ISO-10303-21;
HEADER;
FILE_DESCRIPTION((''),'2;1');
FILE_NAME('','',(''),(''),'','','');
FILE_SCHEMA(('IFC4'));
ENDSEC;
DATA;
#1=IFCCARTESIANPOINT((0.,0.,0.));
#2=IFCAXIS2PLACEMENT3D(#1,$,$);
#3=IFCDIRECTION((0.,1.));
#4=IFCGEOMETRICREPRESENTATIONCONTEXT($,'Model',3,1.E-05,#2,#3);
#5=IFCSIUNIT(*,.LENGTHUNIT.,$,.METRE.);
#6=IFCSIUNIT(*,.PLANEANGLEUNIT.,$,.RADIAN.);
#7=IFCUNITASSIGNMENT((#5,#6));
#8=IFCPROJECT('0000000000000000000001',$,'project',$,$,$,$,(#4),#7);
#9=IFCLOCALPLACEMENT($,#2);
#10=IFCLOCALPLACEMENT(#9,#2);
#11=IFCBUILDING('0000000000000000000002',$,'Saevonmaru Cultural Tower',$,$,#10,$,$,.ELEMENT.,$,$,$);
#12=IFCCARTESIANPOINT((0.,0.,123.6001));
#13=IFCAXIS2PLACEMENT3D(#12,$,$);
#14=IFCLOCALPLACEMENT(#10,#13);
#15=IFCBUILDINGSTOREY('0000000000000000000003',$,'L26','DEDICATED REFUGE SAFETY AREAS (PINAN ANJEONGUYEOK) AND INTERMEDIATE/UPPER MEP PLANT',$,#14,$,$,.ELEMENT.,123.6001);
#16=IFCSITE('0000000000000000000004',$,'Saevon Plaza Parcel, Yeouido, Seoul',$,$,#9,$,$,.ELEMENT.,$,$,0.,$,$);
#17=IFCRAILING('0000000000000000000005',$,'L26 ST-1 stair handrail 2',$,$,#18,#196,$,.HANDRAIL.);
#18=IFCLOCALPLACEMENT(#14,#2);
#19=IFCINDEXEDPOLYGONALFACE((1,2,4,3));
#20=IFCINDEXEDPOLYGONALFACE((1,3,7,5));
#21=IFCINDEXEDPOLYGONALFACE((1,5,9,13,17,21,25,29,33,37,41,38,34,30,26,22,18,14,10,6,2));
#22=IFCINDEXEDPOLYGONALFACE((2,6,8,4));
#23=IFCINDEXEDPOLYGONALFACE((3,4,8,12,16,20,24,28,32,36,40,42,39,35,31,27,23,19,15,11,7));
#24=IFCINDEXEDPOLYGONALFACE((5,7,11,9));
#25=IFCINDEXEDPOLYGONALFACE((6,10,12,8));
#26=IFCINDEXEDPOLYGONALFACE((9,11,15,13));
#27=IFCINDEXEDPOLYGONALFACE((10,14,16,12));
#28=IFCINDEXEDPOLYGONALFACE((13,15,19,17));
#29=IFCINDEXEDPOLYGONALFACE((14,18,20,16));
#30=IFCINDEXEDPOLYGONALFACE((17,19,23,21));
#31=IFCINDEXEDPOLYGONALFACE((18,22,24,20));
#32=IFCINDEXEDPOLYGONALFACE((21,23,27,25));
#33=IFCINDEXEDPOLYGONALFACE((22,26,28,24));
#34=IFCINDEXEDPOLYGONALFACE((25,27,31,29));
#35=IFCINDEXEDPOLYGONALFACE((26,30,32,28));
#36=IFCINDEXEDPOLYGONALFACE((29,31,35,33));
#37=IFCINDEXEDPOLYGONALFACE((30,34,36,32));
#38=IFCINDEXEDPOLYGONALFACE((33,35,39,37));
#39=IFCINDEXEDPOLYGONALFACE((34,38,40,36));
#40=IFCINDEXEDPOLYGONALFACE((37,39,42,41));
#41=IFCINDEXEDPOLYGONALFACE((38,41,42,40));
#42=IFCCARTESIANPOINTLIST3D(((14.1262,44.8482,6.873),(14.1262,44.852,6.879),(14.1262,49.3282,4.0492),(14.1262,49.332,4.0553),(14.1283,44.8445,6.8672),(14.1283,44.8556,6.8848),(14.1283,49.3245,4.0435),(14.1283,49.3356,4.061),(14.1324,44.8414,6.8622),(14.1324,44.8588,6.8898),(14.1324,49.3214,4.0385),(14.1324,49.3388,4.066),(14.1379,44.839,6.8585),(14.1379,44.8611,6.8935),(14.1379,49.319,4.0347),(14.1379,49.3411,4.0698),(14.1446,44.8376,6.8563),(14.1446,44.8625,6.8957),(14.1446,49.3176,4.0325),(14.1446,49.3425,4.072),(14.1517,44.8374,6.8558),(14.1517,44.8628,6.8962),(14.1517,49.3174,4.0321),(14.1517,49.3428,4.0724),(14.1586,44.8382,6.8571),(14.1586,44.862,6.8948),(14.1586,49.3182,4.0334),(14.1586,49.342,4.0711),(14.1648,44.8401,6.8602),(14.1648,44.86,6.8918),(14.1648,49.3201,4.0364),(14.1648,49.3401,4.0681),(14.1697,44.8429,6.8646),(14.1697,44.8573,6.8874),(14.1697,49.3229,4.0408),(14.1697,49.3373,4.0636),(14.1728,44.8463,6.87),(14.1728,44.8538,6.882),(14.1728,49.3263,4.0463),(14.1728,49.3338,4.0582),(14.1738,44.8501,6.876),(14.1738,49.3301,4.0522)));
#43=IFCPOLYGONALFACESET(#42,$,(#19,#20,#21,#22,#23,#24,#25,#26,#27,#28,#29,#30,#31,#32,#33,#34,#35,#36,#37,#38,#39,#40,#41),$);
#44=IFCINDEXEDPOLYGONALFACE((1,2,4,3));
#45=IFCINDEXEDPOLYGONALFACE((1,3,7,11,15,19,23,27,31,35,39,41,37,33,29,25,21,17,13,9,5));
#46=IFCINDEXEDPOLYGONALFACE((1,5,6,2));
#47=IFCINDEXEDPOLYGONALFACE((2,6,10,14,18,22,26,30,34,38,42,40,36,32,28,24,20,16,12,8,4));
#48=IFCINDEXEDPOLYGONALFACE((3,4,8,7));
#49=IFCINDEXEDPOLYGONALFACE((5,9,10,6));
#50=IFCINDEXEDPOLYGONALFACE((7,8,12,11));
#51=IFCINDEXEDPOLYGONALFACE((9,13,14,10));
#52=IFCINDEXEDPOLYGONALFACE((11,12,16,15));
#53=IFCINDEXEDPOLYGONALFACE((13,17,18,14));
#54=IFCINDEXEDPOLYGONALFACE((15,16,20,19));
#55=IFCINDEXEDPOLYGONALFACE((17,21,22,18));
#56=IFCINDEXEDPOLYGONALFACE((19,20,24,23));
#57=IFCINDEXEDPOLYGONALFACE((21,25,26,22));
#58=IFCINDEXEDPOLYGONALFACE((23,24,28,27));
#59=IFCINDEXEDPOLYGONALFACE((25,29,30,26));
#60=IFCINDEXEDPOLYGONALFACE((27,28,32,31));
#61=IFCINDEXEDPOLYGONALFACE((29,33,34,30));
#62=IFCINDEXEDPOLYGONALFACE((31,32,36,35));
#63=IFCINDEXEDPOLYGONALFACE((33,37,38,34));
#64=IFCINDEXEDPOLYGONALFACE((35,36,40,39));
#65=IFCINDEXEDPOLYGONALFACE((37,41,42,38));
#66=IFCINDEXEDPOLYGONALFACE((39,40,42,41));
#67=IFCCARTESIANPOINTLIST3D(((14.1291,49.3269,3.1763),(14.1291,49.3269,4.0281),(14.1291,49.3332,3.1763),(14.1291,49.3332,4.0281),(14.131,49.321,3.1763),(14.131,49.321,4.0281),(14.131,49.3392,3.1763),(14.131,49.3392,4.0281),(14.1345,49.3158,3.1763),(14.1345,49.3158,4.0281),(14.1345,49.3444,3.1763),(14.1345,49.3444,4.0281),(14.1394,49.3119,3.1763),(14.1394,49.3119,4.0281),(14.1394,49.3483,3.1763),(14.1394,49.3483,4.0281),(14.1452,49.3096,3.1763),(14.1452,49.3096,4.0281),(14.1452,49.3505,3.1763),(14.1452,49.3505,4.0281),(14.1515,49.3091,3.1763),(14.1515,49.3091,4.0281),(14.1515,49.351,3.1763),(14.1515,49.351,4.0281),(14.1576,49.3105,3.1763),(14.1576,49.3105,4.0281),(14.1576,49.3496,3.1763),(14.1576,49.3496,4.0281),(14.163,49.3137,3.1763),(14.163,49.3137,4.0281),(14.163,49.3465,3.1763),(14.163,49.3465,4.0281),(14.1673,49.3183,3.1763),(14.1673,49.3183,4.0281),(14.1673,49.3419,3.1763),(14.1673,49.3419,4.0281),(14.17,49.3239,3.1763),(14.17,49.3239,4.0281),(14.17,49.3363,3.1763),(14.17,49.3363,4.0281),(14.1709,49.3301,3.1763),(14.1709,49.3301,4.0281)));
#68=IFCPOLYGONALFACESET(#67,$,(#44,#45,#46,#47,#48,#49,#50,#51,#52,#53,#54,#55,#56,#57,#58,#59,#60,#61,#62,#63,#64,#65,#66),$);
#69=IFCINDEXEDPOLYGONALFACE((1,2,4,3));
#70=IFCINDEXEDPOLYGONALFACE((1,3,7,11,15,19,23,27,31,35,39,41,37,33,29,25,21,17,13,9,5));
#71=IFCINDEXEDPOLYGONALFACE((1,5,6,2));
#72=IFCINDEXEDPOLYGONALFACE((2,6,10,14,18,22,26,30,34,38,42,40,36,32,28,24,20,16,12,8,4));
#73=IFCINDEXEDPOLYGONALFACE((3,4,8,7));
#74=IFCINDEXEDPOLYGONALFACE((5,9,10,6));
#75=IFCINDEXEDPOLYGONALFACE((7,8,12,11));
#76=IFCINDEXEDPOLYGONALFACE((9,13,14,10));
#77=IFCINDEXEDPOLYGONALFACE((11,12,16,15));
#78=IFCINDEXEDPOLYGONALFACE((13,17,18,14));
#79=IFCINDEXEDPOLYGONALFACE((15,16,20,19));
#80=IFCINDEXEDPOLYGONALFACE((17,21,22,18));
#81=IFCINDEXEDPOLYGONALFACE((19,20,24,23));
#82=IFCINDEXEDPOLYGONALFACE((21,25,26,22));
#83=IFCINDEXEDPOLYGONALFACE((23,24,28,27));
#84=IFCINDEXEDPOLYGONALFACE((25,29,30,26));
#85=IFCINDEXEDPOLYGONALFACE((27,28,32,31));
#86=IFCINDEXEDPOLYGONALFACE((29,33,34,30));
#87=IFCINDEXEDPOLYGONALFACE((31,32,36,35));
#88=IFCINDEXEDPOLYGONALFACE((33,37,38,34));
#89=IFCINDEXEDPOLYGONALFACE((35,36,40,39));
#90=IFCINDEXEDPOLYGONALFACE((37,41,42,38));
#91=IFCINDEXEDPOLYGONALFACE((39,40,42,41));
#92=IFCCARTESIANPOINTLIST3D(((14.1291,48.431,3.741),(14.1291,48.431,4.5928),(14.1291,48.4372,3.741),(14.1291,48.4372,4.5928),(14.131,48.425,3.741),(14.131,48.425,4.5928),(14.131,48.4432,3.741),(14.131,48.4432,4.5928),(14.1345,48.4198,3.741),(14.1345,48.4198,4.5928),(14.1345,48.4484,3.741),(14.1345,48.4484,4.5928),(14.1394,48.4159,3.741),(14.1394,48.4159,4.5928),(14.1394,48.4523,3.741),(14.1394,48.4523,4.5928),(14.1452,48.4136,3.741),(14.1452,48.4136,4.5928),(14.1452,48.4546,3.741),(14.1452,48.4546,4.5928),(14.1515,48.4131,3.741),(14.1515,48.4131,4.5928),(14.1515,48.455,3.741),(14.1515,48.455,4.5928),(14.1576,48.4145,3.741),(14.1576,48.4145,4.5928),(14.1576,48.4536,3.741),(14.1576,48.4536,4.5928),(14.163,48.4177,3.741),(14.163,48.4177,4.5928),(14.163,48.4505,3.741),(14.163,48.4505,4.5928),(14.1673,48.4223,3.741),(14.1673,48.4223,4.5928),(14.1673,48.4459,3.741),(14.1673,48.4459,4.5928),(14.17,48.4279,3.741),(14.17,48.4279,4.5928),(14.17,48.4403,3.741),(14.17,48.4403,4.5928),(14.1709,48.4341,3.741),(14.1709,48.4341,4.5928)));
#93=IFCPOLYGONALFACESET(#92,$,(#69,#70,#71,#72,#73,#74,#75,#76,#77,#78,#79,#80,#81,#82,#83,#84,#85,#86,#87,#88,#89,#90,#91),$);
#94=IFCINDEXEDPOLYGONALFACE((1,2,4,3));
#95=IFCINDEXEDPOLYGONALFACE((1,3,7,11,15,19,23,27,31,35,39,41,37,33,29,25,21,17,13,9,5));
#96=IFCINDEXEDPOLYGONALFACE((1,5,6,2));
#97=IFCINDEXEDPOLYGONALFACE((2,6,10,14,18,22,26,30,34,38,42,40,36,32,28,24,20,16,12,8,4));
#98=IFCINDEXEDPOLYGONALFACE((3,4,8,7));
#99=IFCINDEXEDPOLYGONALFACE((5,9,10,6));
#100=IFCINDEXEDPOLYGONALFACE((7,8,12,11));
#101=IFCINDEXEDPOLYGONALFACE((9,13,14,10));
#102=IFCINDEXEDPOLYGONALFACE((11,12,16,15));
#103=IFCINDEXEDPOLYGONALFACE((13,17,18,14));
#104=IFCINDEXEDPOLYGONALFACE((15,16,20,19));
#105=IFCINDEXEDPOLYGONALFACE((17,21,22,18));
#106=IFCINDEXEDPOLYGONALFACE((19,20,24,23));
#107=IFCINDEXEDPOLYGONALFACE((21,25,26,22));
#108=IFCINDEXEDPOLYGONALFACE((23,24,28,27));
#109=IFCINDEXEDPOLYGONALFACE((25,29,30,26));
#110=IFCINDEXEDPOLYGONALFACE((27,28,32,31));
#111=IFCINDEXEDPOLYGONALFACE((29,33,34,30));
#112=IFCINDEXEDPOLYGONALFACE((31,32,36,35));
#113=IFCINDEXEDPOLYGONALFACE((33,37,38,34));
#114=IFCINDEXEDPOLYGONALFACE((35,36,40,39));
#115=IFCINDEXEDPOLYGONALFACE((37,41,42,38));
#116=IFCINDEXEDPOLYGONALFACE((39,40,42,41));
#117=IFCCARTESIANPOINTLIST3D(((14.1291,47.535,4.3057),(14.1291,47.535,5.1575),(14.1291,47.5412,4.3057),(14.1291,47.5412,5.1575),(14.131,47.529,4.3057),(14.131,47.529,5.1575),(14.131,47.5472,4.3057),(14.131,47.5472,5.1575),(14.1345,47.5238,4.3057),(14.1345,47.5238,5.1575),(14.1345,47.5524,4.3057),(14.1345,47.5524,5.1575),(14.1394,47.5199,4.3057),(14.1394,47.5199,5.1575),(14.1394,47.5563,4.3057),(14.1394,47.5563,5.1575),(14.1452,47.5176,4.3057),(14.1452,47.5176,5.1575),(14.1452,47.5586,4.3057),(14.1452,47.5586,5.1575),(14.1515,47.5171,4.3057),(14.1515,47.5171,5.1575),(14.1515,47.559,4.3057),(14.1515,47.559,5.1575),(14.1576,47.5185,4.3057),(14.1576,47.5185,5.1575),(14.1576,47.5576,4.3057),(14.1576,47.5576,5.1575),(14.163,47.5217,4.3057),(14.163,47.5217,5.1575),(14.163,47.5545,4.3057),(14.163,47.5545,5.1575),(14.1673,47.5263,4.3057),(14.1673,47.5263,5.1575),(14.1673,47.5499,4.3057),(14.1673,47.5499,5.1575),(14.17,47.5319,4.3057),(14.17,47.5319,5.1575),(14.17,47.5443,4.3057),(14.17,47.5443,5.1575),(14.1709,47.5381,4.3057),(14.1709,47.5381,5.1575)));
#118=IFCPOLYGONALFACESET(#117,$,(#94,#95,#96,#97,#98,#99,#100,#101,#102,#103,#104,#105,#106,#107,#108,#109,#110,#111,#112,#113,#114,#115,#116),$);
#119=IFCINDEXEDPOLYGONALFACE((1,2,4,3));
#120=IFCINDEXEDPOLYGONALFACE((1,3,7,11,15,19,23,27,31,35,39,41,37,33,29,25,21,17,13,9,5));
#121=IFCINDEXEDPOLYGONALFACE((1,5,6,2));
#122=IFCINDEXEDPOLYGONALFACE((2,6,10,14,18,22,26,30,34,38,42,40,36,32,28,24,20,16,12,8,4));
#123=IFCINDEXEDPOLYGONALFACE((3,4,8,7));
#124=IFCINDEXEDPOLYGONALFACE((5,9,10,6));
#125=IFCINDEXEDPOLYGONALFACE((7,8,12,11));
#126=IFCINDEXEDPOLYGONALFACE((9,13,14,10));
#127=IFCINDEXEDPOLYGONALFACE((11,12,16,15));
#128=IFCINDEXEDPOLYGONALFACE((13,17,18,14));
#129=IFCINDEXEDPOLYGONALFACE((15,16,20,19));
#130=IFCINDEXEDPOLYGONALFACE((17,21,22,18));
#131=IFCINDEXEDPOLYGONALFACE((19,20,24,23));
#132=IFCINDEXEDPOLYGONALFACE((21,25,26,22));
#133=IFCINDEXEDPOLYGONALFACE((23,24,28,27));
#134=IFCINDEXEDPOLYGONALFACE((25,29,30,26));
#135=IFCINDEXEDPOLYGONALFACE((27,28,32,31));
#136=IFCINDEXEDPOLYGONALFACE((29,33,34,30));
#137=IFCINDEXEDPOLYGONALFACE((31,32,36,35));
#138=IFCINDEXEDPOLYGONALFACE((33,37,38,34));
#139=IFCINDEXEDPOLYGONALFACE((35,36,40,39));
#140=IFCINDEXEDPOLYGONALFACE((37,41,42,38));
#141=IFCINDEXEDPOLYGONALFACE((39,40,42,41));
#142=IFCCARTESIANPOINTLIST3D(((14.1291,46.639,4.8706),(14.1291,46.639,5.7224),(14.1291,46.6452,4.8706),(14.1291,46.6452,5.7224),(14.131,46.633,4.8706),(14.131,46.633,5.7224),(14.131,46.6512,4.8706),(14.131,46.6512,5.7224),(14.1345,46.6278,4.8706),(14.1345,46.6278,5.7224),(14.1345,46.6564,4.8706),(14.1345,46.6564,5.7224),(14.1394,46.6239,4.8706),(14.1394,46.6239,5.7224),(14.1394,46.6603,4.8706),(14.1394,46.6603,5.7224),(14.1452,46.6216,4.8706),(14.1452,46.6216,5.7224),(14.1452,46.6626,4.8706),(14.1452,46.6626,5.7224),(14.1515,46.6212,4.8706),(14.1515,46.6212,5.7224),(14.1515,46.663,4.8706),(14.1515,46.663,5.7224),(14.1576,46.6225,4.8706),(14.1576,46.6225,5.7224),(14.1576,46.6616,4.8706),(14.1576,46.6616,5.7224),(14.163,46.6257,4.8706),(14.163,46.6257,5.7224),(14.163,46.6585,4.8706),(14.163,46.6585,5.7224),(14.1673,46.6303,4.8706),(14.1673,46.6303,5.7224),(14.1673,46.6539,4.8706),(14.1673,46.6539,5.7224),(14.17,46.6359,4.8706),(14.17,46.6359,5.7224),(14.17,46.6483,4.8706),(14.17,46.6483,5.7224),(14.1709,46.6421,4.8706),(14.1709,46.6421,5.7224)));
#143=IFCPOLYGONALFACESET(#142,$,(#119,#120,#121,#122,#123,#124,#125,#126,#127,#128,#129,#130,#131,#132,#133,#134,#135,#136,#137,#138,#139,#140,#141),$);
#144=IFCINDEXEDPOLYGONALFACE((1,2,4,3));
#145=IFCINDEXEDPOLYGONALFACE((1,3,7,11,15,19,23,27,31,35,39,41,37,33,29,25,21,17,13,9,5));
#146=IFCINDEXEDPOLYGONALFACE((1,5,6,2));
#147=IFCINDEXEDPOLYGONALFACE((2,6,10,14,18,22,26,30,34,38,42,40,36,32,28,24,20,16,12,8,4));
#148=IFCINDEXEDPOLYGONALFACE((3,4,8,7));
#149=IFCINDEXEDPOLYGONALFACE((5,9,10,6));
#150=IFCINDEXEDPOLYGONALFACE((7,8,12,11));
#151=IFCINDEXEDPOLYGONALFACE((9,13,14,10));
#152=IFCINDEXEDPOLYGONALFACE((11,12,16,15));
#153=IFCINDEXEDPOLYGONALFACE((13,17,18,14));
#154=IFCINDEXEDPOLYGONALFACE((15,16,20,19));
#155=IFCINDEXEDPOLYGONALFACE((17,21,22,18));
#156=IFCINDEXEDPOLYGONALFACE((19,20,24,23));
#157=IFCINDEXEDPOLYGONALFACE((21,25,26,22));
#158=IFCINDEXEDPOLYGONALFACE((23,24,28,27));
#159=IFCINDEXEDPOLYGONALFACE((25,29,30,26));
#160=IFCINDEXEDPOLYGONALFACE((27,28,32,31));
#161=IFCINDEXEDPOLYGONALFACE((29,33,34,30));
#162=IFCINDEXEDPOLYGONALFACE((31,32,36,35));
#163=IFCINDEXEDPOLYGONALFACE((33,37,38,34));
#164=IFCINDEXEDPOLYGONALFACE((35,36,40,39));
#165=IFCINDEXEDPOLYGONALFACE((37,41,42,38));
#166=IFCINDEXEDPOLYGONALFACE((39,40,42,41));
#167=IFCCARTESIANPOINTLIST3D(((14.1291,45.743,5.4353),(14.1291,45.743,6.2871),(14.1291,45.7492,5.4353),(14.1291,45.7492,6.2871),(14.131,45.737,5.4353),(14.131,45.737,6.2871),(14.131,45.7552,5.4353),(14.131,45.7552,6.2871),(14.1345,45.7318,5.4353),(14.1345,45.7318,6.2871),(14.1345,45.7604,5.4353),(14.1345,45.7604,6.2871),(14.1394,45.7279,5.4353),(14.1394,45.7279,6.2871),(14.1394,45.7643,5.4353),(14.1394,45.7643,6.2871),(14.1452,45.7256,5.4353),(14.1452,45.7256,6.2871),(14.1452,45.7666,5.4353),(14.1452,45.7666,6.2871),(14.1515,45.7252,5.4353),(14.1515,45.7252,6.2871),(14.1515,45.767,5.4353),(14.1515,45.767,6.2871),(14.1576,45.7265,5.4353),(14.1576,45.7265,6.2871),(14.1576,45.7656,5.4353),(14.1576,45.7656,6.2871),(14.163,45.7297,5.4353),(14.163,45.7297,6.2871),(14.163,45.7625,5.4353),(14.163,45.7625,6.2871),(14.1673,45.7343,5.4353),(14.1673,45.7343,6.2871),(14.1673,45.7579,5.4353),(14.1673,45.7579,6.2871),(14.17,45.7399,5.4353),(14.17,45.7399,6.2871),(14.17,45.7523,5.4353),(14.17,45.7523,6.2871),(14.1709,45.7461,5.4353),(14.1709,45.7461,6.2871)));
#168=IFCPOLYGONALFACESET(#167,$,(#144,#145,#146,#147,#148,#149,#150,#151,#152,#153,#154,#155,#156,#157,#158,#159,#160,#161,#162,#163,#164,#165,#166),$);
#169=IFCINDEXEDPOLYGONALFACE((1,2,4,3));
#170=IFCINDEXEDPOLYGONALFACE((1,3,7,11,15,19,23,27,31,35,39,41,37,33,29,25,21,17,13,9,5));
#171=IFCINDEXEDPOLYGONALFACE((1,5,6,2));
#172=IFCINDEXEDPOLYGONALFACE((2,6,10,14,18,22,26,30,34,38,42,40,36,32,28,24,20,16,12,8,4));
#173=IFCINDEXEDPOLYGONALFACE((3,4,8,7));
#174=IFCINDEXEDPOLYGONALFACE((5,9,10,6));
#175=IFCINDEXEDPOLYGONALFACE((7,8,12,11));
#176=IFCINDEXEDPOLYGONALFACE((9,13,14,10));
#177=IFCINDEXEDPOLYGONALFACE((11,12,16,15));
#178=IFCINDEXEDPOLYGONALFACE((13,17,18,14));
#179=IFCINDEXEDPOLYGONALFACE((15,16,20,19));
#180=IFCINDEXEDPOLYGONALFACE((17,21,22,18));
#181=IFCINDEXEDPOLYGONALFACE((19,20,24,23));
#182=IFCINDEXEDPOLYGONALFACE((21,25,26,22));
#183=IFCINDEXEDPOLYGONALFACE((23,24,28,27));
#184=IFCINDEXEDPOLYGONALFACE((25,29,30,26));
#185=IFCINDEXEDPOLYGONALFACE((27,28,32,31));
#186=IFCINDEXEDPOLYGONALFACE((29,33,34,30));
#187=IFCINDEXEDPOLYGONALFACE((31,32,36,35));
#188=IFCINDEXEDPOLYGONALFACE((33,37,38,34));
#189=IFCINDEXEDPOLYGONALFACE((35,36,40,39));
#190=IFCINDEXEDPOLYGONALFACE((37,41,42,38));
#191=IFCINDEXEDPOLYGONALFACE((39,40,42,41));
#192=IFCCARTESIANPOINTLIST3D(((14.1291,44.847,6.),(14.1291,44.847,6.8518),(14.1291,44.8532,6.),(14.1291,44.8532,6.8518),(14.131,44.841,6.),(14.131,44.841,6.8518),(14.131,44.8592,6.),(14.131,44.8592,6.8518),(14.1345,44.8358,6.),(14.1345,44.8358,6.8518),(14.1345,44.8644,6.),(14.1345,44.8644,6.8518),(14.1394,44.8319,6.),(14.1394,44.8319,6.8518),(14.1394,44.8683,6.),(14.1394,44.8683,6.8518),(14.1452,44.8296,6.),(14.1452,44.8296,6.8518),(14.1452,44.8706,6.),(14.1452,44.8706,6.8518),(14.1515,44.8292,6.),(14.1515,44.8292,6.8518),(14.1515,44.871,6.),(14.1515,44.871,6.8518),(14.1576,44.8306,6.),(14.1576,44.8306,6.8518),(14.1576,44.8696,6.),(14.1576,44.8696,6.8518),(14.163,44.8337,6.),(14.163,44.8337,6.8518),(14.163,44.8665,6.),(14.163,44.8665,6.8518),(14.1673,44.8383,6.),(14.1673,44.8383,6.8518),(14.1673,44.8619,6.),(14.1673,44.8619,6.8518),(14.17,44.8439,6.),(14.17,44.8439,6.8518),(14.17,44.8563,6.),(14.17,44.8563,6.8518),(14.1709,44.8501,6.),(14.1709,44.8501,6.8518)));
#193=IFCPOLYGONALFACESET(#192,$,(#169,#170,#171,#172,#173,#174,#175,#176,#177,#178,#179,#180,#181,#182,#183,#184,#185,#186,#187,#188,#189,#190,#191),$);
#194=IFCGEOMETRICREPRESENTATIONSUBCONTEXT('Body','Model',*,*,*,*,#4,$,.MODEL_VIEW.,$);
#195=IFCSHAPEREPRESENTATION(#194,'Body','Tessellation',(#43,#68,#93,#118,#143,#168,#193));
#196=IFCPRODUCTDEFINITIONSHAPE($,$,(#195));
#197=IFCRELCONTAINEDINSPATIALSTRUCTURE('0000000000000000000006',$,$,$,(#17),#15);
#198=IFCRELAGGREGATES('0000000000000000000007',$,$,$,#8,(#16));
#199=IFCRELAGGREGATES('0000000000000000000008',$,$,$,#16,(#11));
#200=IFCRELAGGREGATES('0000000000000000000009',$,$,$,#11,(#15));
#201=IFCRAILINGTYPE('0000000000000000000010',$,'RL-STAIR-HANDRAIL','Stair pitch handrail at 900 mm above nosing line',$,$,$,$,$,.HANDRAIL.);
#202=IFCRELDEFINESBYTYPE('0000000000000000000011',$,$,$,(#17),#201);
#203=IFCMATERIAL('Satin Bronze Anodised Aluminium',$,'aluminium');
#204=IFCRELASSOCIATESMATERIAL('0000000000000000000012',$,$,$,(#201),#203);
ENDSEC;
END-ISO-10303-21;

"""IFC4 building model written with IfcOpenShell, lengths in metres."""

from ifc_helpers import new_model, si_unit, direction, frame, origin, origin_2d, place, context, subcontext, project, spatial, circle, extrude, material, type_object, element, save


model = new_model("IFC4")

# Units and contexts
model_context = context("Model", 3, precision=1e-05, world=origin(), true_north=direction((0.0, 1.0)))
body_context = subcontext(model_context, "Body", "Model", "MODEL_VIEW")
ifc_project = project(units=[si_unit("LENGTHUNIT", "METRE"), si_unit("PLANEANGLEUNIT", "RADIAN")], contexts=[model_context])

# Site, building, storey
site_placement = place(None, origin())
site = spatial("IfcSite", under=ifc_project, at=site_placement, Name="Saevon Plaza Parcel, Yeouido, Seoul", CompositionType="ELEMENT", RefElevation=0.0)
building_placement = place(site_placement, origin())
building = spatial("IfcBuilding", under=site, at=building_placement, Name="Saevonmaru Cultural Tower", CompositionType="ELEMENT")
storey_placement = place(building_placement, frame((0.0, 0.0, 123.6001)))
storey = spatial("IfcBuildingStorey", under=building, at=storey_placement, Name="L26", Description="DEDICATED REFUGE SAFETY AREAS (PINAN ANJEONGUYEOK) AND INTERMEDIATE/UPPER MEP PLANT", CompositionType="ELEMENT", Elevation=123.6001)

# Shared definitions
ifc_material_1 = material(Name="Satin Bronze Anodised Aluminium", Category="aluminium")

# Railing
railing_type_1 = type_object("IfcRailingType", Name="RL-STAIR-HANDRAIL", Description="Stair pitch handrail at 900 mm above nosing line", PredefinedType="HANDRAIL", material=ifc_material_1)
railing_1_placement = place(storey_placement, frame((14.1499, 49.3301, 3.1763)))
element("IfcRailing", 1, at=railing_1_placement, inside=storey, type_object=railing_type_1, Name="L26 ST-1 stair handrail 2", PredefinedType="HANDRAIL", context=body_context, shape_type="SweptSolid", body=[
    extrude(circle(Radius=0.0239, at=origin_2d()), frame((0.0, 0.0, 0.876), z_axis=(0.0, -0.845977, 0.533219), x_axis=(1.0, 0.0, 0.0)), (0.0, 0.0, 1.0), 5.2957),
    extrude(circle(Radius=0.021, at=origin_2d()), origin(), (0.0, 0.0, 1.0), 0.8518),
    extrude(circle(Radius=0.021, at=origin_2d()), frame((0.0, -0.896, 0.5647)), (0.0, 0.0, 1.0), 0.8518),
    extrude(circle(Radius=0.021, at=origin_2d()), frame((0.0, -1.792, 1.1294)), (0.0, 0.0, 1.0), 0.8518),
    extrude(circle(Radius=0.021, at=origin_2d()), frame((0.0, -2.688, 1.6943)), (0.0, 0.0, 1.0), 0.8518),
    extrude(circle(Radius=0.021, at=origin_2d()), frame((0.0, -3.584, 2.259)), (0.0, 0.0, 1.0), 0.8518),
    extrude(circle(Radius=0.021, at=origin_2d()), frame((0.0, -4.48, 2.8237)), (0.0, 0.0, 1.0), 0.8518),
])

save(model, "model.ifc")
